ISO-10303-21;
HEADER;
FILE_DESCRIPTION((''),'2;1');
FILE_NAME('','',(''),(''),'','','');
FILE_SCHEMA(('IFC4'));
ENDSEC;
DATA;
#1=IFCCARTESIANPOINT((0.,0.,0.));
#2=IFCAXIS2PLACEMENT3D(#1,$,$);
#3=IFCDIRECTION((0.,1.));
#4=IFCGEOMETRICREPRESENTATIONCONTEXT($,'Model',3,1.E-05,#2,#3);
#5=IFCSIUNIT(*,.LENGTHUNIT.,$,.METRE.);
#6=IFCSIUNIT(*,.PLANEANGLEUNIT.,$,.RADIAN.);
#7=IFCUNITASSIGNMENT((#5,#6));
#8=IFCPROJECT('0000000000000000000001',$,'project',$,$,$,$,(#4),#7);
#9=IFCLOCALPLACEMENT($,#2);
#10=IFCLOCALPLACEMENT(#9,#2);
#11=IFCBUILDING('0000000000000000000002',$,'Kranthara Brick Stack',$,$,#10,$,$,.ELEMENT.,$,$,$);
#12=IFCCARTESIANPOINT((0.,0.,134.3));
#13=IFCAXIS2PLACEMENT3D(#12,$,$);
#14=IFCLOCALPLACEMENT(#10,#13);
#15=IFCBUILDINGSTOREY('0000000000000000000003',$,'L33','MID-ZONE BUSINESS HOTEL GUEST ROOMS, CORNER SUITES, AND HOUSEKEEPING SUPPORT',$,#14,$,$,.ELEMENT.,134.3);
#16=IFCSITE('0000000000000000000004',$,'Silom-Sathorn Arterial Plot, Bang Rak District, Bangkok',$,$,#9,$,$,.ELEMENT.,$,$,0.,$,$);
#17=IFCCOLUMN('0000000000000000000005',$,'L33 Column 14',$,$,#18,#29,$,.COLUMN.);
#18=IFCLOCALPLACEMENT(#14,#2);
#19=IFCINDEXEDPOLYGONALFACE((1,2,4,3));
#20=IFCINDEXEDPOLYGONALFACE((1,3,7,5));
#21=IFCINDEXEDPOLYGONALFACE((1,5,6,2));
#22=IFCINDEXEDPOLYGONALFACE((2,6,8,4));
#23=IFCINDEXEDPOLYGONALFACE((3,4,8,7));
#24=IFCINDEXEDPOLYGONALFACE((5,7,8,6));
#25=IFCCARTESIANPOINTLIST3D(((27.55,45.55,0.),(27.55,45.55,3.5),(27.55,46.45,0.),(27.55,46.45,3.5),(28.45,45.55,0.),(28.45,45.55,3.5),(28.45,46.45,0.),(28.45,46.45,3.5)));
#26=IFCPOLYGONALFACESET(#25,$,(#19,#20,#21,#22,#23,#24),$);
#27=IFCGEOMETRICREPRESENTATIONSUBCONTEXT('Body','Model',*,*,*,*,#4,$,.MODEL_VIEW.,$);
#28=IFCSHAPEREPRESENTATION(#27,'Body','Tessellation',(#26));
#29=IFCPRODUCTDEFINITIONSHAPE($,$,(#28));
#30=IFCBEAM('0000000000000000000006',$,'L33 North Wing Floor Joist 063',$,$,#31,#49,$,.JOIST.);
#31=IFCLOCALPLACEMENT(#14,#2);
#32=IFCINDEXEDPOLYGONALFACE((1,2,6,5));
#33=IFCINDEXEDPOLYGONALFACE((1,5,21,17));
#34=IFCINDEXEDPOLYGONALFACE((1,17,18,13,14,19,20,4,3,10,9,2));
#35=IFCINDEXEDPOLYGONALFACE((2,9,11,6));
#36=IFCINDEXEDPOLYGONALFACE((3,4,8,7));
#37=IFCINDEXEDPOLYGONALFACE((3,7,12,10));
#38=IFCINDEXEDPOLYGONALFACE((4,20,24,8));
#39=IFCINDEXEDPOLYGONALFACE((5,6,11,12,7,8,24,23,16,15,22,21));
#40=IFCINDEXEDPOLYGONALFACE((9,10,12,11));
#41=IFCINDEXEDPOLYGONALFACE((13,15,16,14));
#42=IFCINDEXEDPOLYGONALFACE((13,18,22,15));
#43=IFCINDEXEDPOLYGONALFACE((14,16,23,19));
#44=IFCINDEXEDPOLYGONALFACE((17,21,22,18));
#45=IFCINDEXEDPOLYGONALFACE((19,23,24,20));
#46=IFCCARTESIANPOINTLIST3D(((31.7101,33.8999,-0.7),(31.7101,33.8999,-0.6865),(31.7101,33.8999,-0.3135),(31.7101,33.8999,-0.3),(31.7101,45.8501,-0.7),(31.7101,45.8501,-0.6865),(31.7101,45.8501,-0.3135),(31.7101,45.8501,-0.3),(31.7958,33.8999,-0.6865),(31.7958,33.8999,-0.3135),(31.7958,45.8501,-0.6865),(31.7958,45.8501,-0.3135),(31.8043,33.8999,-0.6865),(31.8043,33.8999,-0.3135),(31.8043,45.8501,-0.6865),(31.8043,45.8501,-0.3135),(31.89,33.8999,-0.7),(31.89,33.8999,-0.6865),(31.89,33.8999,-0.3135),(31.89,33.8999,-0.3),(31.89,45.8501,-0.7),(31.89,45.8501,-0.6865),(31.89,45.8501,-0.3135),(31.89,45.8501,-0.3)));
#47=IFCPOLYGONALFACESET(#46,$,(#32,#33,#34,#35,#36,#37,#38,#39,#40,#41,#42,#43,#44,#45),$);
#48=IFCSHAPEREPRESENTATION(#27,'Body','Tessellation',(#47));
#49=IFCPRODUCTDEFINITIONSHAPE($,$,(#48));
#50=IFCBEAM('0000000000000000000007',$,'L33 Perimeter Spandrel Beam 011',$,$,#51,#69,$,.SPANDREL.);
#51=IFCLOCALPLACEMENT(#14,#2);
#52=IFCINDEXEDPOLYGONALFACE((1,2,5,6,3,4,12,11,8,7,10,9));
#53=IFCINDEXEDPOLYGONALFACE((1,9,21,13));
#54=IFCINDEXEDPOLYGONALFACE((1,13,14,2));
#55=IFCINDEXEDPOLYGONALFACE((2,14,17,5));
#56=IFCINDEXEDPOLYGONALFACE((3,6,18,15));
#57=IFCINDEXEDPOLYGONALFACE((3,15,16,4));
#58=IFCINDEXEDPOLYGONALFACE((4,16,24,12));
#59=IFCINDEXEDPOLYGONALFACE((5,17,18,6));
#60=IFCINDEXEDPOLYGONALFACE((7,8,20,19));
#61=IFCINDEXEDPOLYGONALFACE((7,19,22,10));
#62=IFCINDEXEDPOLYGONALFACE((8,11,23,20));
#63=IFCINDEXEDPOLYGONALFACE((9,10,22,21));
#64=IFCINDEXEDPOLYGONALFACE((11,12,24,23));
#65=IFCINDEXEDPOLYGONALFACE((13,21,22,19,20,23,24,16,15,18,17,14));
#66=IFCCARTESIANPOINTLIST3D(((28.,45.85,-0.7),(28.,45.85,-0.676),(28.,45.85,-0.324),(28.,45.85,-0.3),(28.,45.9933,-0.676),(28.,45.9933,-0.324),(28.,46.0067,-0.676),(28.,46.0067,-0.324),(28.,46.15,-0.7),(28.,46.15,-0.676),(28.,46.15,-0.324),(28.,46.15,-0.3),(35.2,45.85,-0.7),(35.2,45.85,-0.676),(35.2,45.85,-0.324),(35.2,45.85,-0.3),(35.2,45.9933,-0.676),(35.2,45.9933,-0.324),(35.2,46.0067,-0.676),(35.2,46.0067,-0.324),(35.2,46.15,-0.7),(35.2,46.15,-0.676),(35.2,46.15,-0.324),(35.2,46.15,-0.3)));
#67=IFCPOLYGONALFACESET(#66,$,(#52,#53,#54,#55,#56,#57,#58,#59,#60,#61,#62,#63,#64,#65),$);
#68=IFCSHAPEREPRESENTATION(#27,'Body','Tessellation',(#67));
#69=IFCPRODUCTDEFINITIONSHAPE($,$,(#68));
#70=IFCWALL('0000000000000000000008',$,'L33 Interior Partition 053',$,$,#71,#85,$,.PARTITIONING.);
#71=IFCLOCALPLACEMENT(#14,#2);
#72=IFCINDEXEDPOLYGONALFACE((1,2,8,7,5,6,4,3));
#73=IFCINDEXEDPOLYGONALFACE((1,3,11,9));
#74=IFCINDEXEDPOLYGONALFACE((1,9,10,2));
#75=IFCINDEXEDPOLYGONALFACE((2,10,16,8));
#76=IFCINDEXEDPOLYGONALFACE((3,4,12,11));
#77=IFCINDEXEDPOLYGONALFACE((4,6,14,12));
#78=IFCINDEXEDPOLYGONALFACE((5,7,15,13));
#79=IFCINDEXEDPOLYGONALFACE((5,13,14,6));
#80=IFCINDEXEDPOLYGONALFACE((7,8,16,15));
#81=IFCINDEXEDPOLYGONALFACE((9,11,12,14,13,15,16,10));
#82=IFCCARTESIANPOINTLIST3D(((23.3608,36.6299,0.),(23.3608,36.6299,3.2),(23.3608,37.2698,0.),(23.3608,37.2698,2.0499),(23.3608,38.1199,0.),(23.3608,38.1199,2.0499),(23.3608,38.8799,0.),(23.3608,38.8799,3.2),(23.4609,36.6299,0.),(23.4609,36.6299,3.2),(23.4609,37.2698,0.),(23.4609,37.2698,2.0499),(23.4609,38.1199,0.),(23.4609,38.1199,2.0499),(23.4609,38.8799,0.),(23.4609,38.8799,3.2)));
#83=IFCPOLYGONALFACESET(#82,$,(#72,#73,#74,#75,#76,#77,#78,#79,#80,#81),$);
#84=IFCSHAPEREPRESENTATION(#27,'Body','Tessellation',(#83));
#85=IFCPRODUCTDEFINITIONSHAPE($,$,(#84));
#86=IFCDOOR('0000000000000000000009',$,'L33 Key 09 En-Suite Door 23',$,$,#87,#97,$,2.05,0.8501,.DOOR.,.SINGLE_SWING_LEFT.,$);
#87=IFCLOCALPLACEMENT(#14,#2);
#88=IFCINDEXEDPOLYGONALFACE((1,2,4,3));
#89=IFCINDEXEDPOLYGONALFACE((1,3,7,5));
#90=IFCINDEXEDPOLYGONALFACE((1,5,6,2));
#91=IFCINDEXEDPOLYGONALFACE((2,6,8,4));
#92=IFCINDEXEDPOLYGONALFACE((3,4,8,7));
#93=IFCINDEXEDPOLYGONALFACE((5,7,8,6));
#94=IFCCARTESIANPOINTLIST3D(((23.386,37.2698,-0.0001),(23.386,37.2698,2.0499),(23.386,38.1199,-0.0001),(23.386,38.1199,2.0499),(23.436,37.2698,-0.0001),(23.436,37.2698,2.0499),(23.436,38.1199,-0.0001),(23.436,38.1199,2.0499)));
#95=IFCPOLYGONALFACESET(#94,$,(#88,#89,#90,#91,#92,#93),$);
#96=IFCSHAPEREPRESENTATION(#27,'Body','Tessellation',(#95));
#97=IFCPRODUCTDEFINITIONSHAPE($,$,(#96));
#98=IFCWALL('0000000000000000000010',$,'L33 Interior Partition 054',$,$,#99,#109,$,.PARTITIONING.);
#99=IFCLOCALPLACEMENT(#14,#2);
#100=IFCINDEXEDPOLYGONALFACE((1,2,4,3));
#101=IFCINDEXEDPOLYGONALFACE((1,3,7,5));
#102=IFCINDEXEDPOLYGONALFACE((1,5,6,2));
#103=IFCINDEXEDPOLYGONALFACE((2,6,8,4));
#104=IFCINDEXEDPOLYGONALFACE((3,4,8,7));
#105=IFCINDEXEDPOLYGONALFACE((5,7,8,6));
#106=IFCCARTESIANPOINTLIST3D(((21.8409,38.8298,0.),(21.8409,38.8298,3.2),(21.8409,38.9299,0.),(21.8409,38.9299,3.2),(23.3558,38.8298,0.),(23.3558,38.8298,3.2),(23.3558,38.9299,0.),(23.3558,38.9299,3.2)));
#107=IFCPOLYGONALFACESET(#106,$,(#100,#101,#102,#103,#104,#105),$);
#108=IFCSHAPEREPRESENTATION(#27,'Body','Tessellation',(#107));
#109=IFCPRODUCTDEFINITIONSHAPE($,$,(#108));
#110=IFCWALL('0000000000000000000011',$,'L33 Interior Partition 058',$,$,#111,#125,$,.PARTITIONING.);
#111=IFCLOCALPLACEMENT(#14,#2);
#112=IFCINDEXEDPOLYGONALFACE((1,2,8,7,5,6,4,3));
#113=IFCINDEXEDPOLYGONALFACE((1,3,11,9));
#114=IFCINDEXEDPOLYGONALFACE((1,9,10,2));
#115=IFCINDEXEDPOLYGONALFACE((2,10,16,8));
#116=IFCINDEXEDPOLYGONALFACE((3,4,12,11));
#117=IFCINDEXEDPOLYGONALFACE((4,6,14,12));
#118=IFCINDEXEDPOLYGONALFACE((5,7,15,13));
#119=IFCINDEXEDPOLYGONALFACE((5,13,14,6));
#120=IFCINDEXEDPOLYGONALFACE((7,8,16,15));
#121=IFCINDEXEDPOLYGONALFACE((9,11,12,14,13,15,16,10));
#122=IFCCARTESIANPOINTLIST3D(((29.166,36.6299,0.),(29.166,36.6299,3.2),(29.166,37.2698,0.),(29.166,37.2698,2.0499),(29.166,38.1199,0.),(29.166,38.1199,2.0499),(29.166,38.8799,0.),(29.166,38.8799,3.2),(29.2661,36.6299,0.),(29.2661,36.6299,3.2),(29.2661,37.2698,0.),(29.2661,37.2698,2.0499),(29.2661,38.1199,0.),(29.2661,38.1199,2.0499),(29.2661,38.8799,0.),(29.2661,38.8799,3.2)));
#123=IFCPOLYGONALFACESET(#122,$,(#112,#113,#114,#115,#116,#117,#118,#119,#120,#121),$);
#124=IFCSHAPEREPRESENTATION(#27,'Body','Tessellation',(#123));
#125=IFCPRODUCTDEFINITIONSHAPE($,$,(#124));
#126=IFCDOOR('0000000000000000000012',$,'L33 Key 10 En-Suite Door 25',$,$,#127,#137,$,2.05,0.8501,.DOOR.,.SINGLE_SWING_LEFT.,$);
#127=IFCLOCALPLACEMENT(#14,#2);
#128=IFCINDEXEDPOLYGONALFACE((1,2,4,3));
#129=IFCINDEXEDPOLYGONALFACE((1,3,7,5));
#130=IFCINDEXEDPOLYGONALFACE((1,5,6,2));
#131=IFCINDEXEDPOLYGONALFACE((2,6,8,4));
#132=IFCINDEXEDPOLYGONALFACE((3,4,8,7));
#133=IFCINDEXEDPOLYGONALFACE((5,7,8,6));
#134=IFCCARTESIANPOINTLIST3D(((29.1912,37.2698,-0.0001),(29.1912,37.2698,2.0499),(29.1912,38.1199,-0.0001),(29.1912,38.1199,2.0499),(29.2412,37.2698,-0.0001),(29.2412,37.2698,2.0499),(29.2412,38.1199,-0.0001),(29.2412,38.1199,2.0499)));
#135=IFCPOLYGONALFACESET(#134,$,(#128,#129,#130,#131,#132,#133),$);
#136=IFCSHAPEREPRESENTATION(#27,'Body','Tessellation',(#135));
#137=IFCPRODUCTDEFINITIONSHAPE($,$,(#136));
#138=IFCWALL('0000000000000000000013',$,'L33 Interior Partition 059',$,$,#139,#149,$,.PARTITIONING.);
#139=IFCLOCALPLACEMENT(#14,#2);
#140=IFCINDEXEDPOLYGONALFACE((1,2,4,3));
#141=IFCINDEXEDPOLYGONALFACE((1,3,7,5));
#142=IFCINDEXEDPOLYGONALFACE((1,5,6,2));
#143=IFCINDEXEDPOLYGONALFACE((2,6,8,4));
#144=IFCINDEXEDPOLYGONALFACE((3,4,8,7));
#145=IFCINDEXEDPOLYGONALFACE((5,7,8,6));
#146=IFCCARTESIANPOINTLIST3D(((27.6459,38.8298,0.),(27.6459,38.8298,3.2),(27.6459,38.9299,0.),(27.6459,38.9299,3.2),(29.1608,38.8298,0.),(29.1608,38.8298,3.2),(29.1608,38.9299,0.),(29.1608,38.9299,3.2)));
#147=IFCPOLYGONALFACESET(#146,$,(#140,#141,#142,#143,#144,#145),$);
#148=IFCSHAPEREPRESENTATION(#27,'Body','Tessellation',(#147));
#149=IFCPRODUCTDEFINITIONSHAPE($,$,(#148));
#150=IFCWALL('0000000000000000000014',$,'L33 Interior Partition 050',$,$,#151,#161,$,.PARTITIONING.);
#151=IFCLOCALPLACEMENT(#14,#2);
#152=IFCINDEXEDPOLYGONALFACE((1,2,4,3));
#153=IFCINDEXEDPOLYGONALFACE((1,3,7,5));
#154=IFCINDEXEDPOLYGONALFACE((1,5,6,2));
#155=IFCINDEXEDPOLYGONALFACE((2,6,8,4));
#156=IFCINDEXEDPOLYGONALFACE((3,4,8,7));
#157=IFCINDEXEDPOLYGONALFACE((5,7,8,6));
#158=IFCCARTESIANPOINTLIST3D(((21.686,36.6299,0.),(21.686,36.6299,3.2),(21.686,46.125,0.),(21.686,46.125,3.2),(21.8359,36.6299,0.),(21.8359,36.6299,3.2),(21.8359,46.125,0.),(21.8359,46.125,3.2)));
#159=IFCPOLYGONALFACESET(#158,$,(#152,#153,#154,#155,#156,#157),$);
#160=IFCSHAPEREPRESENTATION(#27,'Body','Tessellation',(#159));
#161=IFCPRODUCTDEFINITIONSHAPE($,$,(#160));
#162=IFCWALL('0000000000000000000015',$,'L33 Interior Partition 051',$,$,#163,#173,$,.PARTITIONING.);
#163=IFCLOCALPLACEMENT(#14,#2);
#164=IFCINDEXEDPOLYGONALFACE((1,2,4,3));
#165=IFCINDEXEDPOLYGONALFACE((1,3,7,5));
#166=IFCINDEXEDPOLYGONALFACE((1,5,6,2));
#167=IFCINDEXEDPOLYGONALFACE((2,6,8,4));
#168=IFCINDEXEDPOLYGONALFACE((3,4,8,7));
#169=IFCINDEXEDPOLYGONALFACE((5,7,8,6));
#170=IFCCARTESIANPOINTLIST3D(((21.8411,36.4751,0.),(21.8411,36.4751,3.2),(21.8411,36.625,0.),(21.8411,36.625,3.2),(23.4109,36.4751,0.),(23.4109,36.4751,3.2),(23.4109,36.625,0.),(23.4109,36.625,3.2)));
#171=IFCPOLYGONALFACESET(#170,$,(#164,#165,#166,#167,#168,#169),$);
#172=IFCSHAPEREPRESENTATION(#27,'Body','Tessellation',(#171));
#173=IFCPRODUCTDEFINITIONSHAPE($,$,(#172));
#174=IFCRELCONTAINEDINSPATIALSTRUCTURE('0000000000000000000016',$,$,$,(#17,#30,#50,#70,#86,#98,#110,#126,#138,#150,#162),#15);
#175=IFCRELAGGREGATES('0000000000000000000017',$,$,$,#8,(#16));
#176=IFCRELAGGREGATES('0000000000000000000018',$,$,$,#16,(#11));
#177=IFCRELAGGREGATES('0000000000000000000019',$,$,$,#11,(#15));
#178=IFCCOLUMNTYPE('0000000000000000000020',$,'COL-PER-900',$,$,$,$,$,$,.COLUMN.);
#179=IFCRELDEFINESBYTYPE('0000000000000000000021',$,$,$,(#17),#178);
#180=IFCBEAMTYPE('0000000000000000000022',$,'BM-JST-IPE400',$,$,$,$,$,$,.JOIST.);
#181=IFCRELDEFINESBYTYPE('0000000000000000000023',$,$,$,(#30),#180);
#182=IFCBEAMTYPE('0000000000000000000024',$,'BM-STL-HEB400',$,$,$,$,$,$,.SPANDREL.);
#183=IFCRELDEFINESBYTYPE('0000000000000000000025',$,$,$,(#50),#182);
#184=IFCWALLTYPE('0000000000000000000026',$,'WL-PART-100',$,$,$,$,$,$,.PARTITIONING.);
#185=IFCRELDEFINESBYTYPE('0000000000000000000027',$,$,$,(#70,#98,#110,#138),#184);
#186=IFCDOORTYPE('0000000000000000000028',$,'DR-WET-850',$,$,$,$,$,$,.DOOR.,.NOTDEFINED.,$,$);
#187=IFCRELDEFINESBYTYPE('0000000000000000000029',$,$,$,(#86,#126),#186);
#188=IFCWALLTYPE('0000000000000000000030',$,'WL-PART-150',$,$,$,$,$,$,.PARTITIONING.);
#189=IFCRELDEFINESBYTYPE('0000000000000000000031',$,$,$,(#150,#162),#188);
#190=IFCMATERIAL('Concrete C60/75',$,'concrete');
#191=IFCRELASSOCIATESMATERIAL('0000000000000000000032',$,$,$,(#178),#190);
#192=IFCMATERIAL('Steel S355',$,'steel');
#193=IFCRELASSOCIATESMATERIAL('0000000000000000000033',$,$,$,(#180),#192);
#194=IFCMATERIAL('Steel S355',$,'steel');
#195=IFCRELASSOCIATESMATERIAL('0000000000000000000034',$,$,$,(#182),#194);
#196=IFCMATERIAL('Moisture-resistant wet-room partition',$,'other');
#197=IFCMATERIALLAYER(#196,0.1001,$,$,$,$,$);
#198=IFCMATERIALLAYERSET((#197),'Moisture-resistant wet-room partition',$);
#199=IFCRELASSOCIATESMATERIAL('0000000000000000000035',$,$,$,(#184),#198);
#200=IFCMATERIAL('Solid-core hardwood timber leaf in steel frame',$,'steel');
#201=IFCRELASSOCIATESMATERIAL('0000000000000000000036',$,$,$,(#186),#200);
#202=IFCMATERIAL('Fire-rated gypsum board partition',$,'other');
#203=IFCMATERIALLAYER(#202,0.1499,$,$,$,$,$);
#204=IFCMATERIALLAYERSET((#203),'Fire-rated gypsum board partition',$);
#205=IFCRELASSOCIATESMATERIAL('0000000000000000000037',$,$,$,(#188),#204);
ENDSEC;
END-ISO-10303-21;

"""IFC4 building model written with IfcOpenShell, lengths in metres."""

from ifc_helpers import new_model, si_unit, direction, frame, frame_2d, origin, origin_2d, place, context, subcontext, project, spatial, rectangle, i_section, extrude, material, layer, layer_set, material_profile, profile_set, type_object, element, fill, save


model = new_model("IFC4")

# Units and contexts
model_context = context("Model", 3, precision=1e-05, world=origin(), true_north=direction((0.0, 1.0)))
body_context = subcontext(model_context, "Body", "Model", "MODEL_VIEW")
ifc_project = project(units=[si_unit("LENGTHUNIT", "METRE"), si_unit("PLANEANGLEUNIT", "RADIAN")], contexts=[model_context])

# Site, building, storey
site_placement = place(None, origin())
site = spatial("IfcSite", under=ifc_project, at=site_placement, Name="Silom-Sathorn Arterial Plot, Bang Rak District, Bangkok", CompositionType="ELEMENT", RefElevation=0.0)
building_placement = place(site_placement, origin())
building = spatial("IfcBuilding", under=site, at=building_placement, Name="Kranthara Brick Stack", CompositionType="ELEMENT")
storey_placement = place(building_placement, frame((0.0, 0.0, 134.3)))
storey = spatial("IfcBuildingStorey", under=building, at=storey_placement, Name="L33", Description="MID-ZONE BUSINESS HOTEL GUEST ROOMS, CORNER SUITES, AND HOUSEKEEPING SUPPORT", CompositionType="ELEMENT", Elevation=134.3)

# Column
ifc_material_1 = material(Name="Concrete C60/75", Category="concrete")
ifc_material_profile_1 = material_profile(ifc_material_1, rectangle(XDim=0.8999, YDim=0.8999, at=origin_2d()), Name="RC 900x900")
ifc_profile_set_1 = profile_set([ifc_material_profile_1], Name="Concrete C60/75")
column_type = type_object("IfcColumnType", Name="COL-PER-900", PredefinedType="COLUMN", material=ifc_profile_set_1)
column_placement = place(storey_placement, frame((28.0, 46.0, 0.0), z_axis=(0.0, 0.0, 1.0), x_axis=(1.0, 0.0, 0.0)))
element("IfcColumn", 1, at=column_placement, inside=storey, type_object=column_type, Name="L33 Column 14", PredefinedType="COLUMN", context=body_context, shape_type="SweptSolid", body=[
    extrude(rectangle(XDim=0.8999, YDim=0.8999, at=origin_2d()), origin(), (0.0, 0.0, 1.0), 3.5),
])

# Beams
ifc_material_2 = material(Name="Steel S355", Category="steel")
ifc_material_profile_2 = material_profile(ifc_material_2, i_section(OverallWidth=0.1799, OverallDepth=0.3999, WebThickness=0.0085, FlangeThickness=0.0134, at=origin_2d()), Name="IPE 400")
ifc_profile_set_2 = profile_set([ifc_material_profile_2], Name="Steel S355")
beam_type_1 = type_object("IfcBeamType", Name="BM-JST-IPE400", PredefinedType="JOIST", material=ifc_profile_set_2)
beam_1_placement = place(storey_placement, frame((31.8, 33.8999, -0.5), z_axis=(0.0, 1.0, 0.0), x_axis=(-1.0, 0.0, 0.0)))
element("IfcBeam", 2, at=beam_1_placement, inside=storey, type_object=beam_type_1, Name="L33 North Wing Floor Joist 063", PredefinedType="JOIST", context=body_context, shape_type="SweptSolid", body=[
    extrude(i_section(OverallWidth=0.1799, OverallDepth=0.3999, WebThickness=0.0085, FlangeThickness=0.0134, at=origin_2d()), origin(), (0.0, 0.0, 1.0), 11.9502),
])
ifc_material_3 = material(Name="Steel S355", Category="steel")
ifc_material_profile_3 = material_profile(ifc_material_3, i_section(OverallWidth=0.3, OverallDepth=0.3999, WebThickness=0.0134, FlangeThickness=0.0239, at=origin_2d()), Name="HEB 400")
ifc_profile_set_3 = profile_set([ifc_material_profile_3], Name="Steel S355")
beam_type_2 = type_object("IfcBeamType", Name="BM-STL-HEB400", PredefinedType="SPANDREL", material=ifc_profile_set_3)
beam_2_placement = place(storey_placement, frame((28.0, 46.0, -0.5), z_axis=(1.0, 0.0, 0.0), x_axis=(0.0, 1.0, 0.0)))
element("IfcBeam", 3, at=beam_2_placement, inside=storey, type_object=beam_type_2, Name="L33 Perimeter Spandrel Beam 011", PredefinedType="SPANDREL", context=body_context, shape_type="SweptSolid", body=[
    extrude(i_section(OverallWidth=0.3, OverallDepth=0.3999, WebThickness=0.0134, FlangeThickness=0.0239, at=origin_2d()), origin(), (0.0, 0.0, 1.0), 7.2),
])

# Wall, opening, door
ifc_material_4 = material(Name="Moisture-resistant wet-room partition", Category="other")
ifc_layer_1 = layer(ifc_material_4, 0.1001)
ifc_layer_set_1 = layer_set([ifc_layer_1], Name="Moisture-resistant wet-room partition")
wall_type_1 = type_object("IfcWallType", Name="WL-PART-100", PredefinedType="PARTITIONING", material=ifc_layer_set_1)
wall_1_placement = place(storey_placement, frame((23.4109, 36.6299, 0.0), z_axis=(0.0, 0.0, 1.0), x_axis=(0.0, 1.0, 0.0)))
wall_1 = element("IfcWall", 4, at=wall_1_placement, inside=storey, type_object=wall_type_1, Name="L33 Interior Partition 053", PredefinedType="PARTITIONING", context=body_context, shape_type="SweptSolid", body=[
    extrude(rectangle(XDim=2.25, YDim=0.1001, at=frame_2d((1.125, 0.0))), origin(), (0.0, 0.0, 1.0), 3.2),
])
opening_1_placement = place(wall_1_placement, frame((0.6399, 0.0, 0.0)))
opening_1 = element("IfcOpeningElement", 5, at=opening_1_placement, cuts=wall_1, PredefinedType="OPENING", context=body_context, shape_type="SweptSolid", body=[
    extrude(rectangle(XDim=0.8501, YDim=2.05, at=frame_2d((0.425, 1.0249))), frame((0.0, 0.0601, 0.0), z_axis=(0.0, -1.0, 0.0), x_axis=(1.0, 0.0, 0.0)), (0.0, 0.0, 1.0), 0.1201),
])
ifc_material_5 = material(Name="Solid-core hardwood timber leaf in steel frame", Category="steel")
door_type_1 = type_object("IfcDoorType", Name="DR-WET-850", OperationType="NOTDEFINED", PredefinedType="DOOR", material=ifc_material_5)
door_1_placement = place(opening_1_placement, origin())
door_1 = element("IfcDoor", 6, at=door_1_placement, inside=storey, type_object=door_type_1, Name="L33 Key 09 En-Suite Door 23", OperationType="SINGLE_SWING_LEFT", OverallHeight=2.05, OverallWidth=0.8501, PredefinedType="DOOR", context=body_context, shape_type="SweptSolid", body=[
    extrude(rectangle(XDim=0.8501, YDim=2.05, at=frame_2d((0.425, 1.0249))), frame((0.0, 0.0249, 0.0), z_axis=(0.0, -1.0, 0.0), x_axis=(1.0, 0.0, 0.0)), (0.0, 0.0, 1.0), 0.05),
])
fill(opening_1, door_1)

# Wall
wall_2_placement = place(storey_placement, frame((21.8411, 38.8799, 0.0), z_axis=(0.0, 0.0, 1.0), x_axis=(1.0, 0.0, 0.0)))
element("IfcWall", 7, at=wall_2_placement, inside=storey, type_object=wall_type_1, Name="L33 Interior Partition 054", PredefinedType="PARTITIONING", context=body_context, shape_type="SweptSolid", body=[
    extrude(rectangle(XDim=1.5149, YDim=0.1001, at=frame_2d((0.7573, 0.0))), origin(), (0.0, 0.0, 1.0), 3.2),
])

# Wall, opening, door
wall_3_placement = place(storey_placement, frame((29.2161, 36.6299, 0.0), z_axis=(0.0, 0.0, 1.0), x_axis=(0.0, 1.0, 0.0)))
wall_3 = element("IfcWall", 8, at=wall_3_placement, inside=storey, type_object=wall_type_1, Name="L33 Interior Partition 058", PredefinedType="PARTITIONING", context=body_context, shape_type="SweptSolid", body=[
    extrude(rectangle(XDim=2.25, YDim=0.1001, at=frame_2d((1.125, 0.0))), origin(), (0.0, 0.0, 1.0), 3.2),
])
opening_2_placement = place(wall_3_placement, frame((0.6399, 0.0, 0.0)))
opening_2 = element("IfcOpeningElement", 9, at=opening_2_placement, cuts=wall_3, PredefinedType="OPENING", context=body_context, shape_type="SweptSolid", body=[
    extrude(rectangle(XDim=0.8501, YDim=2.05, at=frame_2d((0.425, 1.0249))), frame((0.0, 0.0601, 0.0), z_axis=(0.0, -1.0, 0.0), x_axis=(1.0, 0.0, 0.0)), (0.0, 0.0, 1.0), 0.1201),
])
door_2_placement = place(opening_2_placement, origin())
door_2 = element("IfcDoor", 10, at=door_2_placement, inside=storey, type_object=door_type_1, Name="L33 Key 10 En-Suite Door 25", OperationType="SINGLE_SWING_LEFT", OverallHeight=2.05, OverallWidth=0.8501, PredefinedType="DOOR", context=body_context, shape_type="SweptSolid", body=[
    extrude(rectangle(XDim=0.8501, YDim=2.05, at=frame_2d((0.425, 1.0249))), frame((0.0, 0.0249, 0.0), z_axis=(0.0, -1.0, 0.0), x_axis=(1.0, 0.0, 0.0)), (0.0, 0.0, 1.0), 0.05),
])
fill(opening_2, door_2)

# Walls
wall_4_placement = place(storey_placement, frame((27.646, 38.8799, 0.0), z_axis=(0.0, 0.0, 1.0), x_axis=(1.0, 0.0, 0.0)))
element("IfcWall", 11, at=wall_4_placement, inside=storey, type_object=wall_type_1, Name="L33 Interior Partition 059", PredefinedType="PARTITIONING", context=body_context, shape_type="SweptSolid", body=[
    extrude(rectangle(XDim=1.5149, YDim=0.1001, at=frame_2d((0.7573, 0.0))), origin(), (0.0, 0.0, 1.0), 3.2),
])
ifc_material_6 = material(Name="Fire-rated gypsum board partition", Category="other")
ifc_layer_2 = layer(ifc_material_6, 0.1499)
ifc_layer_set_2 = layer_set([ifc_layer_2], Name="Fire-rated gypsum board partition")
wall_type_2 = type_object("IfcWallType", Name="WL-PART-150", PredefinedType="PARTITIONING", material=ifc_layer_set_2)
wall_5_placement = place(storey_placement, frame((21.761, 36.6299, 0.0), z_axis=(0.0, 0.0, 1.0), x_axis=(0.0, 1.0, 0.0)))
element("IfcWall", 12, at=wall_5_placement, inside=storey, type_object=wall_type_2, Name="L33 Interior Partition 050", PredefinedType="PARTITIONING", context=body_context, shape_type="SweptSolid", body=[
    extrude(rectangle(XDim=9.4951, YDim=0.1499, at=frame_2d((4.7476, 0.0))), origin(), (0.0, 0.0, 1.0), 3.2),
])
wall_6_placement = place(storey_placement, frame((21.8411, 36.55, 0.0), z_axis=(0.0, 0.0, 1.0), x_axis=(1.0, 0.0, 0.0)))
element("IfcWall", 13, at=wall_6_placement, inside=storey, type_object=wall_type_2, Name="L33 Interior Partition 051", PredefinedType="PARTITIONING", context=body_context, shape_type="SweptSolid", body=[
    extrude(rectangle(XDim=1.5698, YDim=0.1499, at=frame_2d((0.7849, 0.0))), origin(), (0.0, 0.0, 1.0), 3.2),
])

save(model, "model.ifc")
